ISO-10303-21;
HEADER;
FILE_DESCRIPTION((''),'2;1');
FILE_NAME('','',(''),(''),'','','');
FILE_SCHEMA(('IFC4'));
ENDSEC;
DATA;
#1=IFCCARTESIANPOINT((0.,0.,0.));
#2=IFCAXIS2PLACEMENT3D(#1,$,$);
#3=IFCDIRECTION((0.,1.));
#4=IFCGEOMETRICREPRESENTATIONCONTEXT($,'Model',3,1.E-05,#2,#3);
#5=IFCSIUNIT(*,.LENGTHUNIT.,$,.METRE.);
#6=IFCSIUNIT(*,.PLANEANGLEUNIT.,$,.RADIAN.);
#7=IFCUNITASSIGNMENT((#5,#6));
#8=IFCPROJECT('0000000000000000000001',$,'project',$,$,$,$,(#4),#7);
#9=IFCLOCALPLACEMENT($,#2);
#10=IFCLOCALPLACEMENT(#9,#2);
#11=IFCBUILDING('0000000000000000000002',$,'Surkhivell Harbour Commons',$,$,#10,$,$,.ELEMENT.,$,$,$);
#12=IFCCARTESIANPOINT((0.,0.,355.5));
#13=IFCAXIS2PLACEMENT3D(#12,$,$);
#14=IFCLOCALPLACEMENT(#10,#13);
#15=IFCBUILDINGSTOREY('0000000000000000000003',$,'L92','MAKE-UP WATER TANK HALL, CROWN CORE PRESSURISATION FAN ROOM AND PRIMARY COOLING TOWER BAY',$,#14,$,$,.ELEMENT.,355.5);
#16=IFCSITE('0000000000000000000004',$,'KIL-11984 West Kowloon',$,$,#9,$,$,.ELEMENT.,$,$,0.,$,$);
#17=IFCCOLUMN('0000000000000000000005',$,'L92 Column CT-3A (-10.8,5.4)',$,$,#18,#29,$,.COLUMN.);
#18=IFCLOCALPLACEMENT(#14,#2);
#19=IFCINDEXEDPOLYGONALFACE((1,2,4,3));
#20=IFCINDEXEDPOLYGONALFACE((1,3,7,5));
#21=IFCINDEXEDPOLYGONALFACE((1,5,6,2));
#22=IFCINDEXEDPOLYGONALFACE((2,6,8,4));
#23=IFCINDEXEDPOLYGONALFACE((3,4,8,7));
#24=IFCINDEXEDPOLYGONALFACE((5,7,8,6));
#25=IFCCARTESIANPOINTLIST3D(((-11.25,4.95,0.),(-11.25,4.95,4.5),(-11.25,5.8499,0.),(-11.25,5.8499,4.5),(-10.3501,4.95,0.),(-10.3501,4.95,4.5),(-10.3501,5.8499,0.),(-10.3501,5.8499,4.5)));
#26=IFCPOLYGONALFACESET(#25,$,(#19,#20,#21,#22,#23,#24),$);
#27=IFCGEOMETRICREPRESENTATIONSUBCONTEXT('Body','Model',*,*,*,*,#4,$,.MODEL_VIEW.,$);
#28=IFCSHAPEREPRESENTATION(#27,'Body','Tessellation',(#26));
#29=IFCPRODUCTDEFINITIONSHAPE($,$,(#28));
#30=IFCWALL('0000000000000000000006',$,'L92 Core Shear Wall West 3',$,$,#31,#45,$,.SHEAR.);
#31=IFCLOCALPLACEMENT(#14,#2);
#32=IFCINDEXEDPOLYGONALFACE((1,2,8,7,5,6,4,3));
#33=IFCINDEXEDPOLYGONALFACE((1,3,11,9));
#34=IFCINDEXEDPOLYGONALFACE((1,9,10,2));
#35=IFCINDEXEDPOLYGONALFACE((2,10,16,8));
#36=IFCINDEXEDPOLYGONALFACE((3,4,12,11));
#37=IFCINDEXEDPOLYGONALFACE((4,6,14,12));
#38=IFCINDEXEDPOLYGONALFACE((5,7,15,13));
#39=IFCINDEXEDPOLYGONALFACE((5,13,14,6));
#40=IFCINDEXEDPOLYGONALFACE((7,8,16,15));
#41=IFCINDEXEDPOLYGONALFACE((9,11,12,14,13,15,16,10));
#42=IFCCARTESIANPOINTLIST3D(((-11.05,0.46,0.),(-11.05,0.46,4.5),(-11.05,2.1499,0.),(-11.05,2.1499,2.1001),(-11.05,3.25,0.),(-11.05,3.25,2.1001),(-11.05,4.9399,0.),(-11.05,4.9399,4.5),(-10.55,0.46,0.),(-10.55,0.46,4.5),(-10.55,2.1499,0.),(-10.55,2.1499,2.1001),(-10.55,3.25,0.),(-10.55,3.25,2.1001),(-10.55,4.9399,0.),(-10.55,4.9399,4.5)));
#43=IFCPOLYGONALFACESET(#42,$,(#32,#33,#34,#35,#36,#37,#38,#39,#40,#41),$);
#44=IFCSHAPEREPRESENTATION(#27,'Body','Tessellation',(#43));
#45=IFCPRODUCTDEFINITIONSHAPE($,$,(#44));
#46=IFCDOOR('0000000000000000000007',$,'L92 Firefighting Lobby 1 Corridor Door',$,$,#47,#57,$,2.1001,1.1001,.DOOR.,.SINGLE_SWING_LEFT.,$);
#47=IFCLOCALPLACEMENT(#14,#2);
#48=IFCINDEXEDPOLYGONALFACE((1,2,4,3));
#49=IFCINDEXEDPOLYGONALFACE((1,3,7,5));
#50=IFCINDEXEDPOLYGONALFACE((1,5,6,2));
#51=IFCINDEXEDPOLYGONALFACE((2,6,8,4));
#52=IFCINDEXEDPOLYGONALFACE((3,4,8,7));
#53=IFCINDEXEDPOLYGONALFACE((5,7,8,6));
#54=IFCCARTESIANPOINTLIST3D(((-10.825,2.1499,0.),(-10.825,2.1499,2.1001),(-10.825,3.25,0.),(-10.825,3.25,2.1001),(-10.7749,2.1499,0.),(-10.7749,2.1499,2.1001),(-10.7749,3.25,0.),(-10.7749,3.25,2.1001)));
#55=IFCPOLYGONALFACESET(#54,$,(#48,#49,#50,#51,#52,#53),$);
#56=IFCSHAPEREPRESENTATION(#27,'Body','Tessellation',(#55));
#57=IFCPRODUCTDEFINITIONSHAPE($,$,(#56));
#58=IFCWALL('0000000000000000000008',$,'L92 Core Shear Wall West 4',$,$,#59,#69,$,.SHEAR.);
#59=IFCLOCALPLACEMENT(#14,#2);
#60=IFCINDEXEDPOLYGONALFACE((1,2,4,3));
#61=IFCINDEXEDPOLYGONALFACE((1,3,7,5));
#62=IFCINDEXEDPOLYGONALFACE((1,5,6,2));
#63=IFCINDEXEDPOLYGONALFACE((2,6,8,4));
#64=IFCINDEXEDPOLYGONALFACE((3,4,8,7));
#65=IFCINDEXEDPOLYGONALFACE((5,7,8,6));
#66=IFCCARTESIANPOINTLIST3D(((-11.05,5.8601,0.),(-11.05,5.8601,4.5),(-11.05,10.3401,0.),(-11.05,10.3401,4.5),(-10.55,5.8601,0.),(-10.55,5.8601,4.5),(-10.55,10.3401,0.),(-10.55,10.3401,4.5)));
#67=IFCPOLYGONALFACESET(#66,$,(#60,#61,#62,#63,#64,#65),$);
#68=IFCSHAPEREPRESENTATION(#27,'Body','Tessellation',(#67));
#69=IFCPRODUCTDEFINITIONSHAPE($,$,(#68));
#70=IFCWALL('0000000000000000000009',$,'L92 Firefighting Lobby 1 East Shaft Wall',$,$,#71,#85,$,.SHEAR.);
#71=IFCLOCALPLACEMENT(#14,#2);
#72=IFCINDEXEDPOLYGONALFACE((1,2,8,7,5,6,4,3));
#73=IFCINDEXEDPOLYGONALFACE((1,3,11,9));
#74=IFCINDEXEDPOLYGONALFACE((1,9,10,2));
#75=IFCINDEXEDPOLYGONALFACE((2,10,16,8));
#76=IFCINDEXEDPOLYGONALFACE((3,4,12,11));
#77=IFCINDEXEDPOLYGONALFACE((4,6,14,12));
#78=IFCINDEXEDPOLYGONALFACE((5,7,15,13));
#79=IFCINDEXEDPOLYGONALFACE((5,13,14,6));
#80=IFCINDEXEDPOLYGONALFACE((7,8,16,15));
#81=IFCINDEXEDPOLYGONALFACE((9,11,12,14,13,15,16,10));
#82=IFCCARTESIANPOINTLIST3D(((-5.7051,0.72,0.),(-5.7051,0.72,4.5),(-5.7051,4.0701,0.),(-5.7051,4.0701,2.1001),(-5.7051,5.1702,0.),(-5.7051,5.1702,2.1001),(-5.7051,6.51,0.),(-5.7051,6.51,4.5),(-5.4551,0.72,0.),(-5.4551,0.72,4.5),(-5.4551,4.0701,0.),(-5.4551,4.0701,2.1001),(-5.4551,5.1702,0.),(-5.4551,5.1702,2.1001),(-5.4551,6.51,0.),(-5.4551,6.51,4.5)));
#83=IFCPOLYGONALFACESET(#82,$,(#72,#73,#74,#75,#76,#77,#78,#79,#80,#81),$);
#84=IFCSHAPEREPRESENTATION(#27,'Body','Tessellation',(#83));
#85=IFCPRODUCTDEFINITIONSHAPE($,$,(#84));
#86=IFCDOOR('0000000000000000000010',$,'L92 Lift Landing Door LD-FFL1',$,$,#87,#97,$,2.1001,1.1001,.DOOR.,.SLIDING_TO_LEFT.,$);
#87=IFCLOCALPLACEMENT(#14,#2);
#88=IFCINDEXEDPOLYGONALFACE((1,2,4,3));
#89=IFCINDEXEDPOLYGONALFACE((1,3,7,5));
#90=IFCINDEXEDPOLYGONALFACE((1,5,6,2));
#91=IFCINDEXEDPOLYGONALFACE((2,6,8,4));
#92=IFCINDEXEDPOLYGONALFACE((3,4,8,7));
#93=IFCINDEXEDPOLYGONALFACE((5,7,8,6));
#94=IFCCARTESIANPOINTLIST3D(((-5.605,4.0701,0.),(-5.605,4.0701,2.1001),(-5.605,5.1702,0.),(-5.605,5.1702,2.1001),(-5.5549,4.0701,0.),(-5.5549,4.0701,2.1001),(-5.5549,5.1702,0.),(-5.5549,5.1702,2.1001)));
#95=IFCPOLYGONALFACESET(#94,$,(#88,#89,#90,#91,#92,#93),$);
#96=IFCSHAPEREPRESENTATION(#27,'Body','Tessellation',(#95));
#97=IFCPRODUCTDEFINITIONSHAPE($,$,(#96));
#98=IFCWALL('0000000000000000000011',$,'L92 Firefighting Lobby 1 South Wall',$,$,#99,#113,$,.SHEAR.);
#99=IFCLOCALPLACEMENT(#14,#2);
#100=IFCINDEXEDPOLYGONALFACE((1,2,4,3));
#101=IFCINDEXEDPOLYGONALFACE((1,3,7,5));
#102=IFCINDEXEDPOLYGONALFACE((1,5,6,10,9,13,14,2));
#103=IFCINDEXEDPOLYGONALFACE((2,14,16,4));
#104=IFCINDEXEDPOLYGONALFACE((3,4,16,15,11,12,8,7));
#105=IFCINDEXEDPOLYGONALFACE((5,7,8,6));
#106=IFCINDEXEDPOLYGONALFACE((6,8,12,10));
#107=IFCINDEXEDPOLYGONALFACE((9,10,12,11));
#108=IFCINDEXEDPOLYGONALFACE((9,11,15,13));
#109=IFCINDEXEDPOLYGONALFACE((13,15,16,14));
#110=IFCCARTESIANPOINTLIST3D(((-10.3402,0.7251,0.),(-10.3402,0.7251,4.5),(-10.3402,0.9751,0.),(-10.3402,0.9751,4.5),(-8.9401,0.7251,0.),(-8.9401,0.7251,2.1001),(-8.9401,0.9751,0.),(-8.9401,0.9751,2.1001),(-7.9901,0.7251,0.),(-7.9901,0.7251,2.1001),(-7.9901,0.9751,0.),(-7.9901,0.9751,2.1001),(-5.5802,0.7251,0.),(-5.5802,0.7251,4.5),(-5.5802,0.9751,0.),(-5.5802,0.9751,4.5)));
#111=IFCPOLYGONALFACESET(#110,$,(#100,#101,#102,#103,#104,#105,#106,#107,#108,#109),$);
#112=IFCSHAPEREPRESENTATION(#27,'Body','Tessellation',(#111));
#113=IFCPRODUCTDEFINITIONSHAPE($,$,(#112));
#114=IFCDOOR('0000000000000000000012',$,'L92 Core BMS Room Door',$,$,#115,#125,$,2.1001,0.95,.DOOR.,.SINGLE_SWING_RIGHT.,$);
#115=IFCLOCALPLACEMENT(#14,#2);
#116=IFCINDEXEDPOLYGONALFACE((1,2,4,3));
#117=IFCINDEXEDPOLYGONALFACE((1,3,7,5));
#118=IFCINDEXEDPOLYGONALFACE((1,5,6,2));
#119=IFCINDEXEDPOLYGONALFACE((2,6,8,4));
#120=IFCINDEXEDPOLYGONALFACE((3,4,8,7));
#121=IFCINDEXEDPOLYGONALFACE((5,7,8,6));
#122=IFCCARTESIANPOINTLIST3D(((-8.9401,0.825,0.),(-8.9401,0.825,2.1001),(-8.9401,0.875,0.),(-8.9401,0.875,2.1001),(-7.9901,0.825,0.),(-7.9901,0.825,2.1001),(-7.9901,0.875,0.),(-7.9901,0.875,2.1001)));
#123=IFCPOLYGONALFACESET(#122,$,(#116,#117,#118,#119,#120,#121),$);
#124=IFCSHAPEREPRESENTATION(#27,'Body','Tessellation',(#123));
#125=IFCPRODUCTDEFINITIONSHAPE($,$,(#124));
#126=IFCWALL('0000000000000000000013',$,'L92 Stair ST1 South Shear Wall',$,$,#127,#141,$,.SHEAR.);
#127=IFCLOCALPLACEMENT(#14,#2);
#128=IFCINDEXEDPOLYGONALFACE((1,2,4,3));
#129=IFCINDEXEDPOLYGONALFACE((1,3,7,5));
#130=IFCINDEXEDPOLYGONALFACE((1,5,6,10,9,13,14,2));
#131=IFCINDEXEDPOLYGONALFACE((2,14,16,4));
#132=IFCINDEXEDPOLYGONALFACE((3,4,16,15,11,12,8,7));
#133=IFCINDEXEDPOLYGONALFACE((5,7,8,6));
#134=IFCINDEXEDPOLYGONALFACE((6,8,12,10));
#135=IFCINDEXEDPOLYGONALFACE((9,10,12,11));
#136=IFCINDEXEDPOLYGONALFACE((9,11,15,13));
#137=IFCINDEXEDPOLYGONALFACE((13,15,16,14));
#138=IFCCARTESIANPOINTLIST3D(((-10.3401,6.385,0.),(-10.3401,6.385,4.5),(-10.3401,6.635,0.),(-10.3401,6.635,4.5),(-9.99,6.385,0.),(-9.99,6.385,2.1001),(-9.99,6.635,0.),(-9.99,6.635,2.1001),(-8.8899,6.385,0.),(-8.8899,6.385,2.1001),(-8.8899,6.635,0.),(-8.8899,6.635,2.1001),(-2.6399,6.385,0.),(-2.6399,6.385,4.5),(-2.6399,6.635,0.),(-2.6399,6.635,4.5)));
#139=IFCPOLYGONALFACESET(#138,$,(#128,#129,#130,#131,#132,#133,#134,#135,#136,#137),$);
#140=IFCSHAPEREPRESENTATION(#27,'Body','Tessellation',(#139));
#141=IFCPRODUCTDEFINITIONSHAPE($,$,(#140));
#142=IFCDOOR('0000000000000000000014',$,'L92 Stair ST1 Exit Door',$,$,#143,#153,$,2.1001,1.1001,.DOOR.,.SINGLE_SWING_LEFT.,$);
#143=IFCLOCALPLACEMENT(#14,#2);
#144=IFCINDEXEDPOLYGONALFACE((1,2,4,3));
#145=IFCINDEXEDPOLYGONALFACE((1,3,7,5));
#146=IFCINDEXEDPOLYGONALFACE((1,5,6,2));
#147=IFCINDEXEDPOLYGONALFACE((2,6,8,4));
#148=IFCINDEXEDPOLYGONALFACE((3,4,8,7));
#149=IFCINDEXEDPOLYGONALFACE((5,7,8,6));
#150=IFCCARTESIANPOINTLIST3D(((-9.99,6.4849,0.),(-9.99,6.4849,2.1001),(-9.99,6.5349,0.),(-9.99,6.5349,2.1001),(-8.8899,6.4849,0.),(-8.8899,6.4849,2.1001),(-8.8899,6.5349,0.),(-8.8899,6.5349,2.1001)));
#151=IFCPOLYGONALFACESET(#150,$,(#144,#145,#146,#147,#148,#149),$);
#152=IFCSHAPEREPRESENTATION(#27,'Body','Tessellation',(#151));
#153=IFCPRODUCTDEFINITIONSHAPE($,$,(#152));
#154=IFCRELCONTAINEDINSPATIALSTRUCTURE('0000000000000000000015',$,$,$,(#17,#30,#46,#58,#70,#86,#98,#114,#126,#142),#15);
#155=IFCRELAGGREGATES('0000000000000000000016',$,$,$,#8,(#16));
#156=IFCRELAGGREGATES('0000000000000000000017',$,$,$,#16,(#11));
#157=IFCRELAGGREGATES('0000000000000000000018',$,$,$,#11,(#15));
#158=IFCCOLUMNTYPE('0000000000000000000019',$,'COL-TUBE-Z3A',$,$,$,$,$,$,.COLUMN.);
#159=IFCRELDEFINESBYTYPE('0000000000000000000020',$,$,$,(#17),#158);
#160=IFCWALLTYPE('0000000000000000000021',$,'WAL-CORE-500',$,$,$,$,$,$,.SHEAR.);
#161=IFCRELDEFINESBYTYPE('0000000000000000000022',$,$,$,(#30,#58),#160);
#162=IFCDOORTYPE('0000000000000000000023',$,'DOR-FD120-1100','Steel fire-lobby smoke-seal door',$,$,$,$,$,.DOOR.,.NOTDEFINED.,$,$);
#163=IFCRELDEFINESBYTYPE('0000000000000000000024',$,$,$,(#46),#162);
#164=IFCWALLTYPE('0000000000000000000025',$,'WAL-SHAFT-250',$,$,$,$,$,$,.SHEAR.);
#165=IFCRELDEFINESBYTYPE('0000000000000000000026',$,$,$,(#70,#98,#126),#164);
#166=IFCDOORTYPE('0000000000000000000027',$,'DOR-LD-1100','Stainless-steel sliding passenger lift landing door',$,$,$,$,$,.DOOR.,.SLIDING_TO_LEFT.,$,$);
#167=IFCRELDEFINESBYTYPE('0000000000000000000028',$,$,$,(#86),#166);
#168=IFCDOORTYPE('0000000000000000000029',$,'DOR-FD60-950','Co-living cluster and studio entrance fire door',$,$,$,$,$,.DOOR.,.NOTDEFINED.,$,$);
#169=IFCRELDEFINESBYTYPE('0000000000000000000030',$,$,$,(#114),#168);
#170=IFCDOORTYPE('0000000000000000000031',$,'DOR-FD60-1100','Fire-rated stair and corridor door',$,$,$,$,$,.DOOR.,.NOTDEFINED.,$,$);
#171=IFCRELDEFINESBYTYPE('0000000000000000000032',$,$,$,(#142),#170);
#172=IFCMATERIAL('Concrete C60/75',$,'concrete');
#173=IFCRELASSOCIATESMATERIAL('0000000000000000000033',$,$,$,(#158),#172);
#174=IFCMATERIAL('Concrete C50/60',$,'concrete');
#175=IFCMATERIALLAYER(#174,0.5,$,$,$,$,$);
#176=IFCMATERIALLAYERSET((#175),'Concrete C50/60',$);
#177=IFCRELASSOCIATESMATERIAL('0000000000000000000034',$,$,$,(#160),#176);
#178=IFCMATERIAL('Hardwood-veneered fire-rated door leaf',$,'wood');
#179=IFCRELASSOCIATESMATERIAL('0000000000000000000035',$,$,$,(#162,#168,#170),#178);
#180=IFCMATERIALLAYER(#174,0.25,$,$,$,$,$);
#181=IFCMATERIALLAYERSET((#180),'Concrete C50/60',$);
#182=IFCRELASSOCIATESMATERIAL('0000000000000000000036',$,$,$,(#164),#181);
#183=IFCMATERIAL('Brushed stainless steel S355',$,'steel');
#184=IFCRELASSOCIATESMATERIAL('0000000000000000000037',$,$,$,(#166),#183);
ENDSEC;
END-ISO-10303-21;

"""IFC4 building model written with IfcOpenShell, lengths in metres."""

from ifc_helpers import new_model, si_unit, direction, frame, frame_2d, origin, origin_2d, place, context, subcontext, project, spatial, rectangle, extrude, material, layer, layer_set, material_profile, profile_set, type_object, element, fill, save


model = new_model("IFC4")

# Units and contexts
model_context = context("Model", 3, precision=1e-05, world=origin(), true_north=direction((0.0, 1.0)))
body_context = subcontext(model_context, "Body", "Model", "MODEL_VIEW")
ifc_project = project(units=[si_unit("LENGTHUNIT", "METRE"), si_unit("PLANEANGLEUNIT", "RADIAN")], contexts=[model_context])

# Site, building, storey
site_placement = place(None, origin())
site = spatial("IfcSite", under=ifc_project, at=site_placement, Name="KIL-11984 West Kowloon", CompositionType="ELEMENT", RefElevation=0.0)
building_placement = place(site_placement, origin())
building = spatial("IfcBuilding", under=site, at=building_placement, Name="Surkhivell Harbour Commons", CompositionType="ELEMENT")
storey_placement = place(building_placement, frame((0.0, 0.0, 355.5)))
storey = spatial("IfcBuildingStorey", under=building, at=storey_placement, Name="L92", Description="MAKE-UP WATER TANK HALL, CROWN CORE PRESSURISATION FAN ROOM AND PRIMARY COOLING TOWER BAY", CompositionType="ELEMENT", Elevation=355.5)

# Column
ifc_material_1 = material(Name="Concrete C60/75", Category="concrete")
ifc_material_profile = material_profile(ifc_material_1, rectangle(XDim=0.8999, YDim=0.8999, at=origin_2d()), Name="RC-COL-900x900")
ifc_profile_set = profile_set([ifc_material_profile], Name="Concrete C60/75")
column_type = type_object("IfcColumnType", Name="COL-TUBE-Z3A", PredefinedType="COLUMN", material=ifc_profile_set)
column_placement = place(storey_placement, frame((-10.8, 5.3999, 0.0), z_axis=(0.0, 0.0, 1.0), x_axis=(1.0, 0.0, 0.0)))
element("IfcColumn", 1, at=column_placement, inside=storey, type_object=column_type, Name="L92 Column CT-3A (-10.8,5.4)", PredefinedType="COLUMN", context=body_context, shape_type="SweptSolid", body=[
    extrude(rectangle(XDim=0.8999, YDim=0.8999, at=origin_2d()), origin(), (0.0, 0.0, 1.0), 4.5),
])

# Wall, opening, door
ifc_material_2 = material(Name="Concrete C50/60", Category="concrete")
ifc_layer_1 = layer(ifc_material_2, 0.5)
ifc_layer_set_1 = layer_set([ifc_layer_1], Name="Concrete C50/60")
wall_type_1 = type_object("IfcWallType", Name="WAL-CORE-500", PredefinedType="SHEAR", material=ifc_layer_set_1)
wall_1_placement = place(storey_placement, frame((-10.8, 0.46, 0.0), z_axis=(0.0, 0.0, 1.0), x_axis=(0.0, 1.0, 0.0)))
wall_1 = element("IfcWall", 2, at=wall_1_placement, inside=storey, type_object=wall_type_1, Name="L92 Core Shear Wall West 3", PredefinedType="SHEAR", context=body_context, shape_type="SweptSolid", body=[
    extrude(rectangle(XDim=4.48, YDim=0.5, at=frame_2d((2.24, 0.0))), origin(), (0.0, 0.0, 1.0), 4.5),
])
opening_1_placement = place(wall_1_placement, frame((1.6899, 0.0, 0.0)))
opening_1 = element("IfcOpeningElement", 3, at=opening_1_placement, cuts=wall_1, PredefinedType="OPENING", context=body_context, shape_type="SweptSolid", body=[
    extrude(rectangle(XDim=1.1001, YDim=2.1001, at=frame_2d((0.55, 1.05))), frame((0.0, 0.26, 0.0), z_axis=(0.0, -1.0, 0.0), x_axis=(1.0, 0.0, 0.0)), (0.0, 0.0, 1.0), 0.52),
])
ifc_material_3 = material(Name="Hardwood-veneered fire-rated door leaf", Category="wood")
door_type_1 = type_object("IfcDoorType", Name="DOR-FD120-1100", Description="Steel fire-lobby smoke-seal door", OperationType="NOTDEFINED", PredefinedType="DOOR", material=ifc_material_3)
door_1_placement = place(opening_1_placement, origin())
door_1 = element("IfcDoor", 4, at=door_1_placement, inside=storey, type_object=door_type_1, Name="L92 Firefighting Lobby 1 Corridor Door", OperationType="SINGLE_SWING_LEFT", OverallHeight=2.1001, OverallWidth=1.1001, PredefinedType="DOOR", context=body_context, shape_type="SweptSolid", body=[
    extrude(rectangle(XDim=1.1001, YDim=2.1001, at=frame_2d((0.55, 1.05))), frame((0.0, 0.0249, 0.0), z_axis=(0.0, -1.0, 0.0), x_axis=(1.0, 0.0, 0.0)), (0.0, 0.0, 1.0), 0.05),
])
fill(opening_1, door_1)

# Wall
wall_2_placement = place(storey_placement, frame((-10.8, 5.8601, 0.0), z_axis=(0.0, 0.0, 1.0), x_axis=(0.0, 1.0, 0.0)))
element("IfcWall", 5, at=wall_2_placement, inside=storey, type_object=wall_type_1, Name="L92 Core Shear Wall West 4", PredefinedType="SHEAR", context=body_context, shape_type="SweptSolid", body=[
    extrude(rectangle(XDim=4.48, YDim=0.5, at=frame_2d((2.24, 0.0))), origin(), (0.0, 0.0, 1.0), 4.5),
])

# Walls, openings, doors
ifc_layer_2 = layer(ifc_material_2, 0.25)
ifc_layer_set_2 = layer_set([ifc_layer_2], Name="Concrete C50/60")
wall_type_2 = type_object("IfcWallType", Name="WAL-SHAFT-250", PredefinedType="SHEAR", material=ifc_layer_set_2)
wall_3_placement = place(storey_placement, frame((-5.5801, 0.72, 0.0), z_axis=(0.0, 0.0, 1.0), x_axis=(0.0, 1.0, 0.0)))
wall_3 = element("IfcWall", 6, at=wall_3_placement, inside=storey, type_object=wall_type_2, Name="L92 Firefighting Lobby 1 East Shaft Wall", PredefinedType="SHEAR", context=body_context, shape_type="SweptSolid", body=[
    extrude(rectangle(XDim=5.79, YDim=0.25, at=frame_2d((2.895, 0.0))), origin(), (0.0, 0.0, 1.0), 4.5),
])
opening_2_placement = place(wall_3_placement, frame((3.3501, 0.0, 0.0)))
opening_2 = element("IfcOpeningElement", 7, at=opening_2_placement, cuts=wall_3, PredefinedType="OPENING", context=body_context, shape_type="SweptSolid", body=[
    extrude(rectangle(XDim=1.1001, YDim=2.1001, at=frame_2d((0.55, 1.05))), frame((0.0, 0.135, 0.0), z_axis=(0.0, -1.0, 0.0), x_axis=(1.0, 0.0, 0.0)), (0.0, 0.0, 1.0), 0.27),
])
ifc_material_4 = material(Name="Brushed stainless steel S355", Category="steel")
door_type_2 = type_object("IfcDoorType", Name="DOR-LD-1100", Description="Stainless-steel sliding passenger lift landing door", OperationType="SLIDING_TO_LEFT", PredefinedType="DOOR", material=ifc_material_4)
door_2_placement = place(opening_2_placement, origin())
door_2 = element("IfcDoor", 8, at=door_2_placement, inside=storey, type_object=door_type_2, Name="L92 Lift Landing Door LD-FFL1", OperationType="SLIDING_TO_LEFT", OverallHeight=2.1001, OverallWidth=1.1001, PredefinedType="DOOR", context=body_context, shape_type="SweptSolid", body=[
    extrude(rectangle(XDim=1.1001, YDim=2.1001, at=frame_2d((0.55, 1.05))), frame((0.0, 0.0249, 0.0), z_axis=(0.0, -1.0, 0.0), x_axis=(1.0, 0.0, 0.0)), (0.0, 0.0, 1.0), 0.05),
])
fill(opening_2, door_2)
wall_4_placement = place(storey_placement, frame((-10.3401, 0.8501, 0.0), z_axis=(0.0, 0.0, 1.0), x_axis=(1.0, 0.0, 0.0)))
wall_4 = element("IfcWall", 9, at=wall_4_placement, inside=storey, type_object=wall_type_2, Name="L92 Firefighting Lobby 1 South Wall", PredefinedType="SHEAR", context=body_context, shape_type="SweptSolid", body=[
    extrude(rectangle(XDim=4.76, YDim=0.25, at=frame_2d((2.3799, 0.0))), origin(), (0.0, 0.0, 1.0), 4.5),
])
opening_3_placement = place(wall_4_placement, frame((1.3999, 0.0, 0.0)))
opening_3 = element("IfcOpeningElement", 10, at=opening_3_placement, cuts=wall_4, PredefinedType="OPENING", context=body_context, shape_type="SweptSolid", body=[
    extrude(rectangle(XDim=0.95, YDim=2.1001, at=frame_2d((0.4751, 1.05))), frame((0.0, 0.135, 0.0), z_axis=(0.0, -1.0, 0.0), x_axis=(1.0, 0.0, 0.0)), (0.0, 0.0, 1.0), 0.27),
])
door_type_3 = type_object("IfcDoorType", Name="DOR-FD60-950", Description="Co-living cluster and studio entrance fire door", OperationType="NOTDEFINED", PredefinedType="DOOR", material=ifc_material_3)
door_3_placement = place(opening_3_placement, origin())
door_3 = element("IfcDoor", 11, at=door_3_placement, inside=storey, type_object=door_type_3, Name="L92 Core BMS Room Door", OperationType="SINGLE_SWING_RIGHT", OverallHeight=2.1001, OverallWidth=0.95, PredefinedType="DOOR", context=body_context, shape_type="SweptSolid", body=[
    extrude(rectangle(XDim=0.95, YDim=2.1001, at=frame_2d((0.4751, 1.05))), frame((0.0, 0.0249, 0.0), z_axis=(0.0, -1.0, 0.0), x_axis=(1.0, 0.0, 0.0)), (0.0, 0.0, 1.0), 0.05),
])
fill(opening_3, door_3)
wall_5_placement = place(storey_placement, frame((-10.3401, 6.51, 0.0), z_axis=(0.0, 0.0, 1.0), x_axis=(1.0, 0.0, 0.0)))
wall_5 = element("IfcWall", 12, at=wall_5_placement, inside=storey, type_object=wall_type_2, Name="L92 Stair ST1 South Shear Wall", PredefinedType="SHEAR", context=body_context, shape_type="SweptSolid", body=[
    extrude(rectangle(XDim=7.7002, YDim=0.25, at=frame_2d((3.8501, 0.0))), origin(), (0.0, 0.0, 1.0), 4.5),
])
opening_4_placement = place(wall_5_placement, frame((0.3501, 0.0, 0.0)))
opening_4 = element("IfcOpeningElement", 13, at=opening_4_placement, cuts=wall_5, PredefinedType="OPENING", context=body_context, shape_type="SweptSolid", body=[
    extrude(rectangle(XDim=1.1001, YDim=2.1001, at=frame_2d((0.55, 1.05))), frame((0.0, 0.135, 0.0), z_axis=(0.0, -1.0, 0.0), x_axis=(1.0, 0.0, 0.0)), (0.0, 0.0, 1.0), 0.27),
])
door_type_4 = type_object("IfcDoorType", Name="DOR-FD60-1100", Description="Fire-rated stair and corridor door", OperationType="NOTDEFINED", PredefinedType="DOOR", material=ifc_material_3)
door_4_placement = place(opening_4_placement, origin())
door_4 = element("IfcDoor", 14, at=door_4_placement, inside=storey, type_object=door_type_4, Name="L92 Stair ST1 Exit Door", OperationType="SINGLE_SWING_LEFT", OverallHeight=2.1001, OverallWidth=1.1001, PredefinedType="DOOR", context=body_context, shape_type="SweptSolid", body=[
    extrude(rectangle(XDim=1.1001, YDim=2.1001, at=frame_2d((0.55, 1.05))), frame((0.0, 0.0249, 0.0), z_axis=(0.0, -1.0, 0.0), x_axis=(1.0, 0.0, 0.0)), (0.0, 0.0, 1.0), 0.05),
])
fill(opening_4, door_4)

save(model, "model.ifc")
